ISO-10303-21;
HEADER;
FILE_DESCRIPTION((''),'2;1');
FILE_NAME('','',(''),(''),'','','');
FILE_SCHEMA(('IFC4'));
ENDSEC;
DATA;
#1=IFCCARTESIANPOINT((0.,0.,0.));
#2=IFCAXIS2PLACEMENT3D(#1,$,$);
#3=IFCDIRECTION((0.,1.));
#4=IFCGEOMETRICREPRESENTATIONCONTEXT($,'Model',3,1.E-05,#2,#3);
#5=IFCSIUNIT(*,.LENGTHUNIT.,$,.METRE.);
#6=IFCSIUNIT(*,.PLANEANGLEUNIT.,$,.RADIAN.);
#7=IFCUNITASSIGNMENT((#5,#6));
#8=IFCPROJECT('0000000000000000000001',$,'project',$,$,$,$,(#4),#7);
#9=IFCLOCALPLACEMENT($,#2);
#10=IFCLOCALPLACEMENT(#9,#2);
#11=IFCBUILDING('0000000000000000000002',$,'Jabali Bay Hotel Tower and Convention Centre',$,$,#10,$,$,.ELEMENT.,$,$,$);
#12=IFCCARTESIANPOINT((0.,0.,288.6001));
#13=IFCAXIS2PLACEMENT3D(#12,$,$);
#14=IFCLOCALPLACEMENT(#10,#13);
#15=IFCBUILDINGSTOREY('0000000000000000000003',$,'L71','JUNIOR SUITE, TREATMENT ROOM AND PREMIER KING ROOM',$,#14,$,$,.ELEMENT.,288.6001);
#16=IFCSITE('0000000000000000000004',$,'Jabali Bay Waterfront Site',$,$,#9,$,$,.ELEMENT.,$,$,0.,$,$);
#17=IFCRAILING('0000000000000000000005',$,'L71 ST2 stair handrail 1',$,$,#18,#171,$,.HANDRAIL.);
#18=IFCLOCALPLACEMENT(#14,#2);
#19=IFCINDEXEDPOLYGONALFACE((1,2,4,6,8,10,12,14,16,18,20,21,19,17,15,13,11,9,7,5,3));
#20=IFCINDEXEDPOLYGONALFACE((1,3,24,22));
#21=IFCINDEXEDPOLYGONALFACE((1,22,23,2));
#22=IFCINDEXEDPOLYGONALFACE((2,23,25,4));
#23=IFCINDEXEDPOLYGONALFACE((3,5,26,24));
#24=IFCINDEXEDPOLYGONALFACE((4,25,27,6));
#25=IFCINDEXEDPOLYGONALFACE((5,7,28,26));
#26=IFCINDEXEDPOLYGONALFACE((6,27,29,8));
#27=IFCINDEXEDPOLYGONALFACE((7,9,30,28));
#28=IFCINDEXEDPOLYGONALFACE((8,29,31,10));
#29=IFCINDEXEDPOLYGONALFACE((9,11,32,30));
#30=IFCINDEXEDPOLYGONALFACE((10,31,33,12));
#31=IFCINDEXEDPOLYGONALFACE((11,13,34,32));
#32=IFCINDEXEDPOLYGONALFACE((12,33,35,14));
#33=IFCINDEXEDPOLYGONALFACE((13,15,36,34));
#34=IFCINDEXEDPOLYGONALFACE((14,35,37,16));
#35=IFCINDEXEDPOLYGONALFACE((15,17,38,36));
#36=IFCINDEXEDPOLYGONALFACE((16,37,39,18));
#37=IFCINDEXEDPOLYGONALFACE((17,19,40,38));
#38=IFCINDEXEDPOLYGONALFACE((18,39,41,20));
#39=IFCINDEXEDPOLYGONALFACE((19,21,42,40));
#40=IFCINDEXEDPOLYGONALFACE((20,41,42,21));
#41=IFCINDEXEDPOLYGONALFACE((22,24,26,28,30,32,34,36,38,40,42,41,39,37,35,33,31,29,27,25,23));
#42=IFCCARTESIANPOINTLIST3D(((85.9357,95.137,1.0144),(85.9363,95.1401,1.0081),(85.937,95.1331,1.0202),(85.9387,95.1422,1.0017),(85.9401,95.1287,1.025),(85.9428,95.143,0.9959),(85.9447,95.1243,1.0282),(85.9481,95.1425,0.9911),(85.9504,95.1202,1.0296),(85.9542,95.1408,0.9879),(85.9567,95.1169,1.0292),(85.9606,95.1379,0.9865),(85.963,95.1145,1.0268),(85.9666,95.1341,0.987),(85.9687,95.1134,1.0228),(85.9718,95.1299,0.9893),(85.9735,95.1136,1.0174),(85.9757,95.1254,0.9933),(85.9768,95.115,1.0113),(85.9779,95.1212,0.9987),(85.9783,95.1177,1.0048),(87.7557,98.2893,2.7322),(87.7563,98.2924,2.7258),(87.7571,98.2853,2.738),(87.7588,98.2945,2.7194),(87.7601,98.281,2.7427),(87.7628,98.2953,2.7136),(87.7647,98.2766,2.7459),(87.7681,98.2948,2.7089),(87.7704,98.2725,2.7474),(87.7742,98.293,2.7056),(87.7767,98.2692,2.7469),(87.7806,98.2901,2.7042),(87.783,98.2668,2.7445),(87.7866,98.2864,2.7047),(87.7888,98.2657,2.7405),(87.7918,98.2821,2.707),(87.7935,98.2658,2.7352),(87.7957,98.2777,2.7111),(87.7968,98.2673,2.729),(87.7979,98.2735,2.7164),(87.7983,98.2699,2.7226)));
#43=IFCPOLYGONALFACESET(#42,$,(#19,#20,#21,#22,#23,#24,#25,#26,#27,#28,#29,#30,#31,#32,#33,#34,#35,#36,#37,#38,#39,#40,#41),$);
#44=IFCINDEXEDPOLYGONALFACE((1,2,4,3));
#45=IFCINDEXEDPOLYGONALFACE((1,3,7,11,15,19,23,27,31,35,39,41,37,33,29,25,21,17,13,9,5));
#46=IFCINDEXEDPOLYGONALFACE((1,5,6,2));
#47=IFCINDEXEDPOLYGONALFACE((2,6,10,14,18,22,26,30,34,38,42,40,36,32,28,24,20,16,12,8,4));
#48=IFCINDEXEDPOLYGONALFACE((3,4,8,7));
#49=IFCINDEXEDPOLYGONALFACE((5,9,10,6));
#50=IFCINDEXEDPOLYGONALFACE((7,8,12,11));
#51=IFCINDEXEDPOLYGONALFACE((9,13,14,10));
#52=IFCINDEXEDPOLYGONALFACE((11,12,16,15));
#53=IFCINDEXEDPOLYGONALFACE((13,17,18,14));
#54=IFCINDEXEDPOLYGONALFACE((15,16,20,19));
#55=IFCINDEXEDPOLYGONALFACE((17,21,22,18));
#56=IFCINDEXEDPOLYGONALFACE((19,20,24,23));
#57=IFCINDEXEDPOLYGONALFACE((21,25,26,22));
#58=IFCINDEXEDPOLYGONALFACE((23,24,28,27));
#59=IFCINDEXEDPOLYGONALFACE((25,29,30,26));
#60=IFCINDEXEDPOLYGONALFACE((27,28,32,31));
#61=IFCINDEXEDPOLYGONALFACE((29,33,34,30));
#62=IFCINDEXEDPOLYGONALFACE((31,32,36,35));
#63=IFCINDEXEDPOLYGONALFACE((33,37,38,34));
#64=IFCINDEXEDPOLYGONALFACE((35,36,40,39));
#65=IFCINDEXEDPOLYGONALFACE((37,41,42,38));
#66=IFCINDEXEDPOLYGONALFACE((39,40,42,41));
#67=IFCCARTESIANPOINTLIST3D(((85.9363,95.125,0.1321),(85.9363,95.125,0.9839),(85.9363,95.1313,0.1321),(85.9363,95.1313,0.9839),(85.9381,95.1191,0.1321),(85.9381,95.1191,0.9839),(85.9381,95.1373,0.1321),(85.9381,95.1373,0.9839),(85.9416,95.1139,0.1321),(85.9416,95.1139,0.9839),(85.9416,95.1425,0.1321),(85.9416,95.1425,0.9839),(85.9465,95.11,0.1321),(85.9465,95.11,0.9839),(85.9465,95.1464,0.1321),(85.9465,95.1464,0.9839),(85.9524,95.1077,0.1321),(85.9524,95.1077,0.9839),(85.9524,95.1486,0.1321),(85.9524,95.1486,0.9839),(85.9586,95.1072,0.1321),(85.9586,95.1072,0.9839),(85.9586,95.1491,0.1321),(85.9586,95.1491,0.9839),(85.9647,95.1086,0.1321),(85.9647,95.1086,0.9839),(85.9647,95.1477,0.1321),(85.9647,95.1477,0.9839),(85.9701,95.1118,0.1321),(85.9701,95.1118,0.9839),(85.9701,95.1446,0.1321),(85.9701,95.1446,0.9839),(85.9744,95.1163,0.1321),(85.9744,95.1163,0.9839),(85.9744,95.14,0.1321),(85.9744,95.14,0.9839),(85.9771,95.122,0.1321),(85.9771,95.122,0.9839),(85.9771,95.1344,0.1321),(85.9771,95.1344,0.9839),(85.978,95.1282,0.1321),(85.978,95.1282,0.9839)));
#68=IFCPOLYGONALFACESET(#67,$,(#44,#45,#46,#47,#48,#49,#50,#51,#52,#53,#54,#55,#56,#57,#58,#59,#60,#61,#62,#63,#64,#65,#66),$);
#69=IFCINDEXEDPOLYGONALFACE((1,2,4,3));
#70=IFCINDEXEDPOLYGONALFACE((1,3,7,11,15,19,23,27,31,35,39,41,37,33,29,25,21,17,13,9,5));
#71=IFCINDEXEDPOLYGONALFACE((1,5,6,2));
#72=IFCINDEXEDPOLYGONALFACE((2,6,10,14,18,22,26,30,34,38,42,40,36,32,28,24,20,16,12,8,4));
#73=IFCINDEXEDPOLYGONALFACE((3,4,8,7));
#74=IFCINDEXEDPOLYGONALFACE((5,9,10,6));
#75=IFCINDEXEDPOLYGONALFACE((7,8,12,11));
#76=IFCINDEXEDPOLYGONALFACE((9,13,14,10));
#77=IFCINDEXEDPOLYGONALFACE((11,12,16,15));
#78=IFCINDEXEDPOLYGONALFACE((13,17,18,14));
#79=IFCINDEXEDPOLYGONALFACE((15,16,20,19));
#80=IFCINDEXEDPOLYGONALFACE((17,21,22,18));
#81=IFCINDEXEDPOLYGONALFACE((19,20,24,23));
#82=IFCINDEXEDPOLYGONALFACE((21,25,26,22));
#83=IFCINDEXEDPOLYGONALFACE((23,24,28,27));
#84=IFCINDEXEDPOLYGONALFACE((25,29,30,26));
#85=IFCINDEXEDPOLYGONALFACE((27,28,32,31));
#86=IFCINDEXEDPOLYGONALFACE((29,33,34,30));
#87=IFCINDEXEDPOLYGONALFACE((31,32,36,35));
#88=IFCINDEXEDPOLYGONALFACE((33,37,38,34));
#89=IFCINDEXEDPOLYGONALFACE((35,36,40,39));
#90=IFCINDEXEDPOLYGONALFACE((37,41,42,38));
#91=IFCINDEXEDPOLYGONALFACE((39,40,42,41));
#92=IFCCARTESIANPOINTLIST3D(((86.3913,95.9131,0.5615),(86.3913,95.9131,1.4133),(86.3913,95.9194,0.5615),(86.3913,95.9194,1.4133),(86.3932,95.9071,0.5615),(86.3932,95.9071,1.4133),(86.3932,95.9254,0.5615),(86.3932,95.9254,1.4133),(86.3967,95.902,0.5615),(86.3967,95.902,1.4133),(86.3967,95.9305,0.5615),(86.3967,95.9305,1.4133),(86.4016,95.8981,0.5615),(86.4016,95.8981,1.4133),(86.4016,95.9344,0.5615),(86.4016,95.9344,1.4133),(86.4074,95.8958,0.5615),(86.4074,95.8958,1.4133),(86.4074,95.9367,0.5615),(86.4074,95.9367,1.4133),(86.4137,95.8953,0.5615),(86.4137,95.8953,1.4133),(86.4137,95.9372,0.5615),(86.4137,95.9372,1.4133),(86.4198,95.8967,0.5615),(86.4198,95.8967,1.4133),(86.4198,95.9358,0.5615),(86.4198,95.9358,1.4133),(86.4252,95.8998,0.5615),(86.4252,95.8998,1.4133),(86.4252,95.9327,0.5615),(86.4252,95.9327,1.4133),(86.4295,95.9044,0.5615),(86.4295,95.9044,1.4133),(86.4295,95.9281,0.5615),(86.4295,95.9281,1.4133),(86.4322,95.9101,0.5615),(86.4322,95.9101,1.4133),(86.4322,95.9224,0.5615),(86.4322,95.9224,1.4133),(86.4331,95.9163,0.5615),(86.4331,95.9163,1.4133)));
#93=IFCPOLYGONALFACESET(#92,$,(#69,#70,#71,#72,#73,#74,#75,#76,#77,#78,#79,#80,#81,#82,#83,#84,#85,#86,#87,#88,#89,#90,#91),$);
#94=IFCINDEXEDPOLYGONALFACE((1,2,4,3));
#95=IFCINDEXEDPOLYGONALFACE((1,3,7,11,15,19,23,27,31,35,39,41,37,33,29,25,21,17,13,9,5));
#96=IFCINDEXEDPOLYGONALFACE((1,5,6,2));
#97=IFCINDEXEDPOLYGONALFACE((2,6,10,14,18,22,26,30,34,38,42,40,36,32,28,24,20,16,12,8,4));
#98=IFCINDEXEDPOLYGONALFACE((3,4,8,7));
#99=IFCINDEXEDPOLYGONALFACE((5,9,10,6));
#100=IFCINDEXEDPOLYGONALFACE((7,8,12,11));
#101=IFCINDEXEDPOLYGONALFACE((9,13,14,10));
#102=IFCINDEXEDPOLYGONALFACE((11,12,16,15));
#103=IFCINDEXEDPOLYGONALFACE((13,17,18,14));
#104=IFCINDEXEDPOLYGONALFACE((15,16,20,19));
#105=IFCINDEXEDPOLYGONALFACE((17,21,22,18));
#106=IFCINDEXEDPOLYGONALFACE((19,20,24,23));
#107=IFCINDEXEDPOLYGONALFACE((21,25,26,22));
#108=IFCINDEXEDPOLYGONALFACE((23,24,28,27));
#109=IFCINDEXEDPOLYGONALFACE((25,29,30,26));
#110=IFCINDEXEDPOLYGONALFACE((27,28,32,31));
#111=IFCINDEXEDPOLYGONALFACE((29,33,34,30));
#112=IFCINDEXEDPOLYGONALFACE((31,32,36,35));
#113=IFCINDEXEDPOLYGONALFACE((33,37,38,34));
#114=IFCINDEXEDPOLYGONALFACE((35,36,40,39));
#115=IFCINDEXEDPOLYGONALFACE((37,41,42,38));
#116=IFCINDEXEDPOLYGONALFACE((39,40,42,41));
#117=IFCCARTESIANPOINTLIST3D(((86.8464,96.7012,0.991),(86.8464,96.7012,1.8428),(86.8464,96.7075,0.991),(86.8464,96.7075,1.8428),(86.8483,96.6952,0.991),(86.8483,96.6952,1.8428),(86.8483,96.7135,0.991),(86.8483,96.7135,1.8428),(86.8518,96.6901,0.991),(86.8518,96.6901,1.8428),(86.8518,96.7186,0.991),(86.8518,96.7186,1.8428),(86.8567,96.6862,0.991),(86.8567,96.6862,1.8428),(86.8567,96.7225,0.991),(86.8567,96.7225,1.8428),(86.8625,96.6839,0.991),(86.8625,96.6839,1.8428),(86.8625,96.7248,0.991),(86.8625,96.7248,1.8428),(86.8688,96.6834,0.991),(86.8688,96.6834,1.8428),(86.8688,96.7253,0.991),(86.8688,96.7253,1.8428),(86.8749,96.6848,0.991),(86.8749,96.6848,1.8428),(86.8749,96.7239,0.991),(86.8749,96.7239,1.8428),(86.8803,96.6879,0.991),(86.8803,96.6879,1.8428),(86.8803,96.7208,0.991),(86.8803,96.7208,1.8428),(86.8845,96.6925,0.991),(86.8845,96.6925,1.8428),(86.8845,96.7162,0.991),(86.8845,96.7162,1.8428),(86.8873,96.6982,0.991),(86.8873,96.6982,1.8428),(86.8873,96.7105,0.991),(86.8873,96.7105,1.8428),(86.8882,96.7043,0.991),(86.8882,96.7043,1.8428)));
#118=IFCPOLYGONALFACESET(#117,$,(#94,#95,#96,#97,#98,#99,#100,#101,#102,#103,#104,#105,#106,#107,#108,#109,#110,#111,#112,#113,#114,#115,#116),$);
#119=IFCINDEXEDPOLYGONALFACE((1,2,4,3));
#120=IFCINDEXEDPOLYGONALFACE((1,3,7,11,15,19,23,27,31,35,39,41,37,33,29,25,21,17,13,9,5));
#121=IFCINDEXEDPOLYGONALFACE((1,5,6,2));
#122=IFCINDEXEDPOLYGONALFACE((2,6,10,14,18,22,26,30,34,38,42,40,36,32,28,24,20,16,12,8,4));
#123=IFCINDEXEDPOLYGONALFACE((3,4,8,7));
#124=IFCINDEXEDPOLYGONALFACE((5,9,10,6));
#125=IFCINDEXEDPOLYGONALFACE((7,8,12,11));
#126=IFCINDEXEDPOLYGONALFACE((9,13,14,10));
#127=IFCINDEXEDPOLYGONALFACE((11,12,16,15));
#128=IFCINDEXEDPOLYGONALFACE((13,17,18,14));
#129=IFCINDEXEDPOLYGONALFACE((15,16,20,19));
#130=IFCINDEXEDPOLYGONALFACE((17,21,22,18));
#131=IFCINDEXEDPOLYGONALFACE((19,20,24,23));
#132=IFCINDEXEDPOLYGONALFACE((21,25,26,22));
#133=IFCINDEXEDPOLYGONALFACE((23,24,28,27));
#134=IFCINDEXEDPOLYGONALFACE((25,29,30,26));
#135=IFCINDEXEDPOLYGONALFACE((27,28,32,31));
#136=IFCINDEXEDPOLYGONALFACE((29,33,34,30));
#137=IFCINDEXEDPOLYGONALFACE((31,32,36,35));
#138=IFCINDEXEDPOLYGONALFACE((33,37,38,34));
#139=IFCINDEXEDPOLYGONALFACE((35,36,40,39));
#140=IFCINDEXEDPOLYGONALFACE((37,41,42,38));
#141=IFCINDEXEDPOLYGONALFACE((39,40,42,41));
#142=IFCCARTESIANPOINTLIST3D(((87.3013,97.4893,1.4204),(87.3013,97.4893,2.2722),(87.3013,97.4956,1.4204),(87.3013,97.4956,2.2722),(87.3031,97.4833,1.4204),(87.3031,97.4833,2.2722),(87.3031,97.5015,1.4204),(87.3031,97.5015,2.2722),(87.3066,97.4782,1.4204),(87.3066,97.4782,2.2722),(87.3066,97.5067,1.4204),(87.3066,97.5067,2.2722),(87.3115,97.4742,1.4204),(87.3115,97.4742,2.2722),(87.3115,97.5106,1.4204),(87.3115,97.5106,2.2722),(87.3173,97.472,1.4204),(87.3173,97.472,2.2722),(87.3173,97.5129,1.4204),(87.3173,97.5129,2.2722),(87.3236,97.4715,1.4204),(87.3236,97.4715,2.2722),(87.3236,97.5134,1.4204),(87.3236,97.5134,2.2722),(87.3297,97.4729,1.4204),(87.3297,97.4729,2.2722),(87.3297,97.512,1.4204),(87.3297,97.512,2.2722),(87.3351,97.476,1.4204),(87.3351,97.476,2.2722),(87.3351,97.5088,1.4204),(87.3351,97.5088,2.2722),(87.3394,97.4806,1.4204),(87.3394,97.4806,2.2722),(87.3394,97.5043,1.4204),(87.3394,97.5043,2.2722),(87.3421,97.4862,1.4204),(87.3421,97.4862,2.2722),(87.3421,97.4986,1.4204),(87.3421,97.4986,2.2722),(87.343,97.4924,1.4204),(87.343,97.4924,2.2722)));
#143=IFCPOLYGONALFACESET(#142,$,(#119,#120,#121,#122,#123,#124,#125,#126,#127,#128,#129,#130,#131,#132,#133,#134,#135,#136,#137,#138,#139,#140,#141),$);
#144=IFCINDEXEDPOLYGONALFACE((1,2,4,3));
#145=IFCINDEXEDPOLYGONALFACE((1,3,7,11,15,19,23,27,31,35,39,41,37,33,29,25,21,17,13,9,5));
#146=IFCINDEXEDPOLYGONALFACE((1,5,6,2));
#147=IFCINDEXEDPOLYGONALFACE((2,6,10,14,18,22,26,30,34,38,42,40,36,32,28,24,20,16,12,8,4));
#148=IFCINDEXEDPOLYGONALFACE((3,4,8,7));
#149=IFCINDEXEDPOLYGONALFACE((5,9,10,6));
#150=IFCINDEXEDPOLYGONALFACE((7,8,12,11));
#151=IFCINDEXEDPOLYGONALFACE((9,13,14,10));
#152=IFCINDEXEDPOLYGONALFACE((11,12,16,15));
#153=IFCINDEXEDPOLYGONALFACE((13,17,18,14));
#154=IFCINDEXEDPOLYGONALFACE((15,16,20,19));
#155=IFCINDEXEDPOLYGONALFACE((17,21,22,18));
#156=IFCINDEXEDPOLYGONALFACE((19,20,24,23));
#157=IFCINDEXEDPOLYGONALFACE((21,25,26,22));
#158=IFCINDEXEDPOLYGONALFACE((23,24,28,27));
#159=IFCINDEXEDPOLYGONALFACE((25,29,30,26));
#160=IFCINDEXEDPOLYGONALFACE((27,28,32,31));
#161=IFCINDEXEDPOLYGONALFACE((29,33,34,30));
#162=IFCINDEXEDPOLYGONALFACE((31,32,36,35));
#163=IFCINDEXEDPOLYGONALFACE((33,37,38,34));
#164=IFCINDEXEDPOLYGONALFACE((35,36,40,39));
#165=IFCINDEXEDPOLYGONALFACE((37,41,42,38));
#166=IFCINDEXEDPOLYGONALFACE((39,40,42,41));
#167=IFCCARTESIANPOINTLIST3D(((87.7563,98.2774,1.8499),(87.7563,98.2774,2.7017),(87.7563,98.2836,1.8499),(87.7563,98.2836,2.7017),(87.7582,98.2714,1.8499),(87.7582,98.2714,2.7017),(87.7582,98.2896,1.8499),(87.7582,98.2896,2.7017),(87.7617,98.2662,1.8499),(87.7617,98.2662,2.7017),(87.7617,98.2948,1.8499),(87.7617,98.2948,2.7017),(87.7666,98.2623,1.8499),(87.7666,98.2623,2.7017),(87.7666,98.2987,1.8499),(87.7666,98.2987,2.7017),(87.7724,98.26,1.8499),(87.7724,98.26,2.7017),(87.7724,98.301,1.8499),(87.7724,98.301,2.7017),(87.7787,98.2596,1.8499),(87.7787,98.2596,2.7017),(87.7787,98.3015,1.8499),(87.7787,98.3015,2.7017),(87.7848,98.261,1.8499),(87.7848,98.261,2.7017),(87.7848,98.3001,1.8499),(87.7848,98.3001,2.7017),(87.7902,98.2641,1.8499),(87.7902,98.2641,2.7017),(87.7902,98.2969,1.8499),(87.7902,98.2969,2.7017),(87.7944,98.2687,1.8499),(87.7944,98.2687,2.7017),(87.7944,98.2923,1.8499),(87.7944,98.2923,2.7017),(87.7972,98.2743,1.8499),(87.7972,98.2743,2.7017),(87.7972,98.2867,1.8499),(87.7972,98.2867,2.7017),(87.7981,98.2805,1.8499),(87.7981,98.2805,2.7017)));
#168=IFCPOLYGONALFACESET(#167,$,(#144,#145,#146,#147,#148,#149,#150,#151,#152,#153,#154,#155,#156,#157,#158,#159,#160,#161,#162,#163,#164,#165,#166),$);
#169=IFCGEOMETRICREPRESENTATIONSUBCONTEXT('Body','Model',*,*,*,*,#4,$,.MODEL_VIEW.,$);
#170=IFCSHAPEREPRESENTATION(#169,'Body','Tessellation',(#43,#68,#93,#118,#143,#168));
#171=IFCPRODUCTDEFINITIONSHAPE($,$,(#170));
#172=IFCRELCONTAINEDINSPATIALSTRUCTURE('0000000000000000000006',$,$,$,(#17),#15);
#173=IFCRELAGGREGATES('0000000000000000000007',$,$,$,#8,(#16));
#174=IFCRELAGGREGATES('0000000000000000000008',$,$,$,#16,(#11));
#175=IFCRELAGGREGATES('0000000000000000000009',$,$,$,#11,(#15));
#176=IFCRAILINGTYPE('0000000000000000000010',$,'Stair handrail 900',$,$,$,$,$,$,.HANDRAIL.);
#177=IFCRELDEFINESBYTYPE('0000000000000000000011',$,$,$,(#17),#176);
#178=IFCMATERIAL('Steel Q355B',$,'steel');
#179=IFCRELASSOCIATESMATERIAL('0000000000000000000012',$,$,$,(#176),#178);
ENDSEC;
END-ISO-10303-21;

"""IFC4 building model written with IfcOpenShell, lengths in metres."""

from ifc_helpers import new_model, si_unit, direction, frame, origin, origin_2d, place, context, subcontext, project, spatial, circle, extrude, material, type_object, element, save


model = new_model("IFC4")

# Units and contexts
model_context = context("Model", 3, precision=1e-05, world=origin(), true_north=direction((0.0, 1.0)))
body_context = subcontext(model_context, "Body", "Model", "MODEL_VIEW")
ifc_project = project(units=[si_unit("LENGTHUNIT", "METRE"), si_unit("PLANEANGLEUNIT", "RADIAN")], contexts=[model_context])

# Site, building, storey
site_placement = place(None, origin())
site = spatial("IfcSite", under=ifc_project, at=site_placement, Name="Jabali Bay Waterfront Site", CompositionType="ELEMENT", RefElevation=0.0)
building_placement = place(site_placement, origin())
building = spatial("IfcBuilding", under=site, at=building_placement, Name="Jabali Bay Hotel Tower and Convention Centre", CompositionType="ELEMENT")
storey_placement = place(building_placement, frame((0.0, 0.0, 288.6001)))
storey = spatial("IfcBuildingStorey", under=building, at=storey_placement, Name="L71", Description="JUNIOR SUITE, TREATMENT ROOM AND PREMIER KING ROOM", CompositionType="ELEMENT", Elevation=288.6001)

# Railing
ifc_material_1 = material(Name="Steel Q355B", Category="steel")
railing_type_1 = type_object("IfcRailingType", Name="Stair handrail 900", PredefinedType="HANDRAIL", material=ifc_material_1)
railing_1_placement = place(storey_placement, frame((85.957, 95.1282, 0.1321)))
element("IfcRailing", 1, at=railing_1_placement, inside=storey, type_object=railing_type_1, Name="L71 ST2 stair handrail 1", PredefinedType="HANDRAIL", context=body_context, shape_type="SweptSolid", body=[
    extrude(circle(Radius=0.0239, at=origin_2d()), frame((0.0, 0.0, 0.876), z_axis=(0.45219, 0.78319, 0.426775), x_axis=(-0.866018, 0.500013, 0.0)), (0.0, 0.0, 1.0), 4.0249),
    extrude(circle(Radius=0.021, at=origin_2d()), origin(), (0.0, 0.0, 1.0), 0.8518),
    extrude(circle(Radius=0.021, at=origin_2d()), frame((0.4551, 0.7881, 0.4294)), (0.0, 0.0, 1.0), 0.8518),
    extrude(circle(Radius=0.021, at=origin_2d()), frame((0.9102, 1.5762, 0.8589)), (0.0, 0.0, 1.0), 0.8518),
    extrude(circle(Radius=0.021, at=origin_2d()), frame((1.365, 2.3643, 1.2883)), (0.0, 0.0, 1.0), 0.8518),
    extrude(circle(Radius=0.021, at=origin_2d()), frame((1.8201, 3.1523, 1.7178)), (0.0, 0.0, 1.0), 0.8518),
])

save(model, "model.ifc")
